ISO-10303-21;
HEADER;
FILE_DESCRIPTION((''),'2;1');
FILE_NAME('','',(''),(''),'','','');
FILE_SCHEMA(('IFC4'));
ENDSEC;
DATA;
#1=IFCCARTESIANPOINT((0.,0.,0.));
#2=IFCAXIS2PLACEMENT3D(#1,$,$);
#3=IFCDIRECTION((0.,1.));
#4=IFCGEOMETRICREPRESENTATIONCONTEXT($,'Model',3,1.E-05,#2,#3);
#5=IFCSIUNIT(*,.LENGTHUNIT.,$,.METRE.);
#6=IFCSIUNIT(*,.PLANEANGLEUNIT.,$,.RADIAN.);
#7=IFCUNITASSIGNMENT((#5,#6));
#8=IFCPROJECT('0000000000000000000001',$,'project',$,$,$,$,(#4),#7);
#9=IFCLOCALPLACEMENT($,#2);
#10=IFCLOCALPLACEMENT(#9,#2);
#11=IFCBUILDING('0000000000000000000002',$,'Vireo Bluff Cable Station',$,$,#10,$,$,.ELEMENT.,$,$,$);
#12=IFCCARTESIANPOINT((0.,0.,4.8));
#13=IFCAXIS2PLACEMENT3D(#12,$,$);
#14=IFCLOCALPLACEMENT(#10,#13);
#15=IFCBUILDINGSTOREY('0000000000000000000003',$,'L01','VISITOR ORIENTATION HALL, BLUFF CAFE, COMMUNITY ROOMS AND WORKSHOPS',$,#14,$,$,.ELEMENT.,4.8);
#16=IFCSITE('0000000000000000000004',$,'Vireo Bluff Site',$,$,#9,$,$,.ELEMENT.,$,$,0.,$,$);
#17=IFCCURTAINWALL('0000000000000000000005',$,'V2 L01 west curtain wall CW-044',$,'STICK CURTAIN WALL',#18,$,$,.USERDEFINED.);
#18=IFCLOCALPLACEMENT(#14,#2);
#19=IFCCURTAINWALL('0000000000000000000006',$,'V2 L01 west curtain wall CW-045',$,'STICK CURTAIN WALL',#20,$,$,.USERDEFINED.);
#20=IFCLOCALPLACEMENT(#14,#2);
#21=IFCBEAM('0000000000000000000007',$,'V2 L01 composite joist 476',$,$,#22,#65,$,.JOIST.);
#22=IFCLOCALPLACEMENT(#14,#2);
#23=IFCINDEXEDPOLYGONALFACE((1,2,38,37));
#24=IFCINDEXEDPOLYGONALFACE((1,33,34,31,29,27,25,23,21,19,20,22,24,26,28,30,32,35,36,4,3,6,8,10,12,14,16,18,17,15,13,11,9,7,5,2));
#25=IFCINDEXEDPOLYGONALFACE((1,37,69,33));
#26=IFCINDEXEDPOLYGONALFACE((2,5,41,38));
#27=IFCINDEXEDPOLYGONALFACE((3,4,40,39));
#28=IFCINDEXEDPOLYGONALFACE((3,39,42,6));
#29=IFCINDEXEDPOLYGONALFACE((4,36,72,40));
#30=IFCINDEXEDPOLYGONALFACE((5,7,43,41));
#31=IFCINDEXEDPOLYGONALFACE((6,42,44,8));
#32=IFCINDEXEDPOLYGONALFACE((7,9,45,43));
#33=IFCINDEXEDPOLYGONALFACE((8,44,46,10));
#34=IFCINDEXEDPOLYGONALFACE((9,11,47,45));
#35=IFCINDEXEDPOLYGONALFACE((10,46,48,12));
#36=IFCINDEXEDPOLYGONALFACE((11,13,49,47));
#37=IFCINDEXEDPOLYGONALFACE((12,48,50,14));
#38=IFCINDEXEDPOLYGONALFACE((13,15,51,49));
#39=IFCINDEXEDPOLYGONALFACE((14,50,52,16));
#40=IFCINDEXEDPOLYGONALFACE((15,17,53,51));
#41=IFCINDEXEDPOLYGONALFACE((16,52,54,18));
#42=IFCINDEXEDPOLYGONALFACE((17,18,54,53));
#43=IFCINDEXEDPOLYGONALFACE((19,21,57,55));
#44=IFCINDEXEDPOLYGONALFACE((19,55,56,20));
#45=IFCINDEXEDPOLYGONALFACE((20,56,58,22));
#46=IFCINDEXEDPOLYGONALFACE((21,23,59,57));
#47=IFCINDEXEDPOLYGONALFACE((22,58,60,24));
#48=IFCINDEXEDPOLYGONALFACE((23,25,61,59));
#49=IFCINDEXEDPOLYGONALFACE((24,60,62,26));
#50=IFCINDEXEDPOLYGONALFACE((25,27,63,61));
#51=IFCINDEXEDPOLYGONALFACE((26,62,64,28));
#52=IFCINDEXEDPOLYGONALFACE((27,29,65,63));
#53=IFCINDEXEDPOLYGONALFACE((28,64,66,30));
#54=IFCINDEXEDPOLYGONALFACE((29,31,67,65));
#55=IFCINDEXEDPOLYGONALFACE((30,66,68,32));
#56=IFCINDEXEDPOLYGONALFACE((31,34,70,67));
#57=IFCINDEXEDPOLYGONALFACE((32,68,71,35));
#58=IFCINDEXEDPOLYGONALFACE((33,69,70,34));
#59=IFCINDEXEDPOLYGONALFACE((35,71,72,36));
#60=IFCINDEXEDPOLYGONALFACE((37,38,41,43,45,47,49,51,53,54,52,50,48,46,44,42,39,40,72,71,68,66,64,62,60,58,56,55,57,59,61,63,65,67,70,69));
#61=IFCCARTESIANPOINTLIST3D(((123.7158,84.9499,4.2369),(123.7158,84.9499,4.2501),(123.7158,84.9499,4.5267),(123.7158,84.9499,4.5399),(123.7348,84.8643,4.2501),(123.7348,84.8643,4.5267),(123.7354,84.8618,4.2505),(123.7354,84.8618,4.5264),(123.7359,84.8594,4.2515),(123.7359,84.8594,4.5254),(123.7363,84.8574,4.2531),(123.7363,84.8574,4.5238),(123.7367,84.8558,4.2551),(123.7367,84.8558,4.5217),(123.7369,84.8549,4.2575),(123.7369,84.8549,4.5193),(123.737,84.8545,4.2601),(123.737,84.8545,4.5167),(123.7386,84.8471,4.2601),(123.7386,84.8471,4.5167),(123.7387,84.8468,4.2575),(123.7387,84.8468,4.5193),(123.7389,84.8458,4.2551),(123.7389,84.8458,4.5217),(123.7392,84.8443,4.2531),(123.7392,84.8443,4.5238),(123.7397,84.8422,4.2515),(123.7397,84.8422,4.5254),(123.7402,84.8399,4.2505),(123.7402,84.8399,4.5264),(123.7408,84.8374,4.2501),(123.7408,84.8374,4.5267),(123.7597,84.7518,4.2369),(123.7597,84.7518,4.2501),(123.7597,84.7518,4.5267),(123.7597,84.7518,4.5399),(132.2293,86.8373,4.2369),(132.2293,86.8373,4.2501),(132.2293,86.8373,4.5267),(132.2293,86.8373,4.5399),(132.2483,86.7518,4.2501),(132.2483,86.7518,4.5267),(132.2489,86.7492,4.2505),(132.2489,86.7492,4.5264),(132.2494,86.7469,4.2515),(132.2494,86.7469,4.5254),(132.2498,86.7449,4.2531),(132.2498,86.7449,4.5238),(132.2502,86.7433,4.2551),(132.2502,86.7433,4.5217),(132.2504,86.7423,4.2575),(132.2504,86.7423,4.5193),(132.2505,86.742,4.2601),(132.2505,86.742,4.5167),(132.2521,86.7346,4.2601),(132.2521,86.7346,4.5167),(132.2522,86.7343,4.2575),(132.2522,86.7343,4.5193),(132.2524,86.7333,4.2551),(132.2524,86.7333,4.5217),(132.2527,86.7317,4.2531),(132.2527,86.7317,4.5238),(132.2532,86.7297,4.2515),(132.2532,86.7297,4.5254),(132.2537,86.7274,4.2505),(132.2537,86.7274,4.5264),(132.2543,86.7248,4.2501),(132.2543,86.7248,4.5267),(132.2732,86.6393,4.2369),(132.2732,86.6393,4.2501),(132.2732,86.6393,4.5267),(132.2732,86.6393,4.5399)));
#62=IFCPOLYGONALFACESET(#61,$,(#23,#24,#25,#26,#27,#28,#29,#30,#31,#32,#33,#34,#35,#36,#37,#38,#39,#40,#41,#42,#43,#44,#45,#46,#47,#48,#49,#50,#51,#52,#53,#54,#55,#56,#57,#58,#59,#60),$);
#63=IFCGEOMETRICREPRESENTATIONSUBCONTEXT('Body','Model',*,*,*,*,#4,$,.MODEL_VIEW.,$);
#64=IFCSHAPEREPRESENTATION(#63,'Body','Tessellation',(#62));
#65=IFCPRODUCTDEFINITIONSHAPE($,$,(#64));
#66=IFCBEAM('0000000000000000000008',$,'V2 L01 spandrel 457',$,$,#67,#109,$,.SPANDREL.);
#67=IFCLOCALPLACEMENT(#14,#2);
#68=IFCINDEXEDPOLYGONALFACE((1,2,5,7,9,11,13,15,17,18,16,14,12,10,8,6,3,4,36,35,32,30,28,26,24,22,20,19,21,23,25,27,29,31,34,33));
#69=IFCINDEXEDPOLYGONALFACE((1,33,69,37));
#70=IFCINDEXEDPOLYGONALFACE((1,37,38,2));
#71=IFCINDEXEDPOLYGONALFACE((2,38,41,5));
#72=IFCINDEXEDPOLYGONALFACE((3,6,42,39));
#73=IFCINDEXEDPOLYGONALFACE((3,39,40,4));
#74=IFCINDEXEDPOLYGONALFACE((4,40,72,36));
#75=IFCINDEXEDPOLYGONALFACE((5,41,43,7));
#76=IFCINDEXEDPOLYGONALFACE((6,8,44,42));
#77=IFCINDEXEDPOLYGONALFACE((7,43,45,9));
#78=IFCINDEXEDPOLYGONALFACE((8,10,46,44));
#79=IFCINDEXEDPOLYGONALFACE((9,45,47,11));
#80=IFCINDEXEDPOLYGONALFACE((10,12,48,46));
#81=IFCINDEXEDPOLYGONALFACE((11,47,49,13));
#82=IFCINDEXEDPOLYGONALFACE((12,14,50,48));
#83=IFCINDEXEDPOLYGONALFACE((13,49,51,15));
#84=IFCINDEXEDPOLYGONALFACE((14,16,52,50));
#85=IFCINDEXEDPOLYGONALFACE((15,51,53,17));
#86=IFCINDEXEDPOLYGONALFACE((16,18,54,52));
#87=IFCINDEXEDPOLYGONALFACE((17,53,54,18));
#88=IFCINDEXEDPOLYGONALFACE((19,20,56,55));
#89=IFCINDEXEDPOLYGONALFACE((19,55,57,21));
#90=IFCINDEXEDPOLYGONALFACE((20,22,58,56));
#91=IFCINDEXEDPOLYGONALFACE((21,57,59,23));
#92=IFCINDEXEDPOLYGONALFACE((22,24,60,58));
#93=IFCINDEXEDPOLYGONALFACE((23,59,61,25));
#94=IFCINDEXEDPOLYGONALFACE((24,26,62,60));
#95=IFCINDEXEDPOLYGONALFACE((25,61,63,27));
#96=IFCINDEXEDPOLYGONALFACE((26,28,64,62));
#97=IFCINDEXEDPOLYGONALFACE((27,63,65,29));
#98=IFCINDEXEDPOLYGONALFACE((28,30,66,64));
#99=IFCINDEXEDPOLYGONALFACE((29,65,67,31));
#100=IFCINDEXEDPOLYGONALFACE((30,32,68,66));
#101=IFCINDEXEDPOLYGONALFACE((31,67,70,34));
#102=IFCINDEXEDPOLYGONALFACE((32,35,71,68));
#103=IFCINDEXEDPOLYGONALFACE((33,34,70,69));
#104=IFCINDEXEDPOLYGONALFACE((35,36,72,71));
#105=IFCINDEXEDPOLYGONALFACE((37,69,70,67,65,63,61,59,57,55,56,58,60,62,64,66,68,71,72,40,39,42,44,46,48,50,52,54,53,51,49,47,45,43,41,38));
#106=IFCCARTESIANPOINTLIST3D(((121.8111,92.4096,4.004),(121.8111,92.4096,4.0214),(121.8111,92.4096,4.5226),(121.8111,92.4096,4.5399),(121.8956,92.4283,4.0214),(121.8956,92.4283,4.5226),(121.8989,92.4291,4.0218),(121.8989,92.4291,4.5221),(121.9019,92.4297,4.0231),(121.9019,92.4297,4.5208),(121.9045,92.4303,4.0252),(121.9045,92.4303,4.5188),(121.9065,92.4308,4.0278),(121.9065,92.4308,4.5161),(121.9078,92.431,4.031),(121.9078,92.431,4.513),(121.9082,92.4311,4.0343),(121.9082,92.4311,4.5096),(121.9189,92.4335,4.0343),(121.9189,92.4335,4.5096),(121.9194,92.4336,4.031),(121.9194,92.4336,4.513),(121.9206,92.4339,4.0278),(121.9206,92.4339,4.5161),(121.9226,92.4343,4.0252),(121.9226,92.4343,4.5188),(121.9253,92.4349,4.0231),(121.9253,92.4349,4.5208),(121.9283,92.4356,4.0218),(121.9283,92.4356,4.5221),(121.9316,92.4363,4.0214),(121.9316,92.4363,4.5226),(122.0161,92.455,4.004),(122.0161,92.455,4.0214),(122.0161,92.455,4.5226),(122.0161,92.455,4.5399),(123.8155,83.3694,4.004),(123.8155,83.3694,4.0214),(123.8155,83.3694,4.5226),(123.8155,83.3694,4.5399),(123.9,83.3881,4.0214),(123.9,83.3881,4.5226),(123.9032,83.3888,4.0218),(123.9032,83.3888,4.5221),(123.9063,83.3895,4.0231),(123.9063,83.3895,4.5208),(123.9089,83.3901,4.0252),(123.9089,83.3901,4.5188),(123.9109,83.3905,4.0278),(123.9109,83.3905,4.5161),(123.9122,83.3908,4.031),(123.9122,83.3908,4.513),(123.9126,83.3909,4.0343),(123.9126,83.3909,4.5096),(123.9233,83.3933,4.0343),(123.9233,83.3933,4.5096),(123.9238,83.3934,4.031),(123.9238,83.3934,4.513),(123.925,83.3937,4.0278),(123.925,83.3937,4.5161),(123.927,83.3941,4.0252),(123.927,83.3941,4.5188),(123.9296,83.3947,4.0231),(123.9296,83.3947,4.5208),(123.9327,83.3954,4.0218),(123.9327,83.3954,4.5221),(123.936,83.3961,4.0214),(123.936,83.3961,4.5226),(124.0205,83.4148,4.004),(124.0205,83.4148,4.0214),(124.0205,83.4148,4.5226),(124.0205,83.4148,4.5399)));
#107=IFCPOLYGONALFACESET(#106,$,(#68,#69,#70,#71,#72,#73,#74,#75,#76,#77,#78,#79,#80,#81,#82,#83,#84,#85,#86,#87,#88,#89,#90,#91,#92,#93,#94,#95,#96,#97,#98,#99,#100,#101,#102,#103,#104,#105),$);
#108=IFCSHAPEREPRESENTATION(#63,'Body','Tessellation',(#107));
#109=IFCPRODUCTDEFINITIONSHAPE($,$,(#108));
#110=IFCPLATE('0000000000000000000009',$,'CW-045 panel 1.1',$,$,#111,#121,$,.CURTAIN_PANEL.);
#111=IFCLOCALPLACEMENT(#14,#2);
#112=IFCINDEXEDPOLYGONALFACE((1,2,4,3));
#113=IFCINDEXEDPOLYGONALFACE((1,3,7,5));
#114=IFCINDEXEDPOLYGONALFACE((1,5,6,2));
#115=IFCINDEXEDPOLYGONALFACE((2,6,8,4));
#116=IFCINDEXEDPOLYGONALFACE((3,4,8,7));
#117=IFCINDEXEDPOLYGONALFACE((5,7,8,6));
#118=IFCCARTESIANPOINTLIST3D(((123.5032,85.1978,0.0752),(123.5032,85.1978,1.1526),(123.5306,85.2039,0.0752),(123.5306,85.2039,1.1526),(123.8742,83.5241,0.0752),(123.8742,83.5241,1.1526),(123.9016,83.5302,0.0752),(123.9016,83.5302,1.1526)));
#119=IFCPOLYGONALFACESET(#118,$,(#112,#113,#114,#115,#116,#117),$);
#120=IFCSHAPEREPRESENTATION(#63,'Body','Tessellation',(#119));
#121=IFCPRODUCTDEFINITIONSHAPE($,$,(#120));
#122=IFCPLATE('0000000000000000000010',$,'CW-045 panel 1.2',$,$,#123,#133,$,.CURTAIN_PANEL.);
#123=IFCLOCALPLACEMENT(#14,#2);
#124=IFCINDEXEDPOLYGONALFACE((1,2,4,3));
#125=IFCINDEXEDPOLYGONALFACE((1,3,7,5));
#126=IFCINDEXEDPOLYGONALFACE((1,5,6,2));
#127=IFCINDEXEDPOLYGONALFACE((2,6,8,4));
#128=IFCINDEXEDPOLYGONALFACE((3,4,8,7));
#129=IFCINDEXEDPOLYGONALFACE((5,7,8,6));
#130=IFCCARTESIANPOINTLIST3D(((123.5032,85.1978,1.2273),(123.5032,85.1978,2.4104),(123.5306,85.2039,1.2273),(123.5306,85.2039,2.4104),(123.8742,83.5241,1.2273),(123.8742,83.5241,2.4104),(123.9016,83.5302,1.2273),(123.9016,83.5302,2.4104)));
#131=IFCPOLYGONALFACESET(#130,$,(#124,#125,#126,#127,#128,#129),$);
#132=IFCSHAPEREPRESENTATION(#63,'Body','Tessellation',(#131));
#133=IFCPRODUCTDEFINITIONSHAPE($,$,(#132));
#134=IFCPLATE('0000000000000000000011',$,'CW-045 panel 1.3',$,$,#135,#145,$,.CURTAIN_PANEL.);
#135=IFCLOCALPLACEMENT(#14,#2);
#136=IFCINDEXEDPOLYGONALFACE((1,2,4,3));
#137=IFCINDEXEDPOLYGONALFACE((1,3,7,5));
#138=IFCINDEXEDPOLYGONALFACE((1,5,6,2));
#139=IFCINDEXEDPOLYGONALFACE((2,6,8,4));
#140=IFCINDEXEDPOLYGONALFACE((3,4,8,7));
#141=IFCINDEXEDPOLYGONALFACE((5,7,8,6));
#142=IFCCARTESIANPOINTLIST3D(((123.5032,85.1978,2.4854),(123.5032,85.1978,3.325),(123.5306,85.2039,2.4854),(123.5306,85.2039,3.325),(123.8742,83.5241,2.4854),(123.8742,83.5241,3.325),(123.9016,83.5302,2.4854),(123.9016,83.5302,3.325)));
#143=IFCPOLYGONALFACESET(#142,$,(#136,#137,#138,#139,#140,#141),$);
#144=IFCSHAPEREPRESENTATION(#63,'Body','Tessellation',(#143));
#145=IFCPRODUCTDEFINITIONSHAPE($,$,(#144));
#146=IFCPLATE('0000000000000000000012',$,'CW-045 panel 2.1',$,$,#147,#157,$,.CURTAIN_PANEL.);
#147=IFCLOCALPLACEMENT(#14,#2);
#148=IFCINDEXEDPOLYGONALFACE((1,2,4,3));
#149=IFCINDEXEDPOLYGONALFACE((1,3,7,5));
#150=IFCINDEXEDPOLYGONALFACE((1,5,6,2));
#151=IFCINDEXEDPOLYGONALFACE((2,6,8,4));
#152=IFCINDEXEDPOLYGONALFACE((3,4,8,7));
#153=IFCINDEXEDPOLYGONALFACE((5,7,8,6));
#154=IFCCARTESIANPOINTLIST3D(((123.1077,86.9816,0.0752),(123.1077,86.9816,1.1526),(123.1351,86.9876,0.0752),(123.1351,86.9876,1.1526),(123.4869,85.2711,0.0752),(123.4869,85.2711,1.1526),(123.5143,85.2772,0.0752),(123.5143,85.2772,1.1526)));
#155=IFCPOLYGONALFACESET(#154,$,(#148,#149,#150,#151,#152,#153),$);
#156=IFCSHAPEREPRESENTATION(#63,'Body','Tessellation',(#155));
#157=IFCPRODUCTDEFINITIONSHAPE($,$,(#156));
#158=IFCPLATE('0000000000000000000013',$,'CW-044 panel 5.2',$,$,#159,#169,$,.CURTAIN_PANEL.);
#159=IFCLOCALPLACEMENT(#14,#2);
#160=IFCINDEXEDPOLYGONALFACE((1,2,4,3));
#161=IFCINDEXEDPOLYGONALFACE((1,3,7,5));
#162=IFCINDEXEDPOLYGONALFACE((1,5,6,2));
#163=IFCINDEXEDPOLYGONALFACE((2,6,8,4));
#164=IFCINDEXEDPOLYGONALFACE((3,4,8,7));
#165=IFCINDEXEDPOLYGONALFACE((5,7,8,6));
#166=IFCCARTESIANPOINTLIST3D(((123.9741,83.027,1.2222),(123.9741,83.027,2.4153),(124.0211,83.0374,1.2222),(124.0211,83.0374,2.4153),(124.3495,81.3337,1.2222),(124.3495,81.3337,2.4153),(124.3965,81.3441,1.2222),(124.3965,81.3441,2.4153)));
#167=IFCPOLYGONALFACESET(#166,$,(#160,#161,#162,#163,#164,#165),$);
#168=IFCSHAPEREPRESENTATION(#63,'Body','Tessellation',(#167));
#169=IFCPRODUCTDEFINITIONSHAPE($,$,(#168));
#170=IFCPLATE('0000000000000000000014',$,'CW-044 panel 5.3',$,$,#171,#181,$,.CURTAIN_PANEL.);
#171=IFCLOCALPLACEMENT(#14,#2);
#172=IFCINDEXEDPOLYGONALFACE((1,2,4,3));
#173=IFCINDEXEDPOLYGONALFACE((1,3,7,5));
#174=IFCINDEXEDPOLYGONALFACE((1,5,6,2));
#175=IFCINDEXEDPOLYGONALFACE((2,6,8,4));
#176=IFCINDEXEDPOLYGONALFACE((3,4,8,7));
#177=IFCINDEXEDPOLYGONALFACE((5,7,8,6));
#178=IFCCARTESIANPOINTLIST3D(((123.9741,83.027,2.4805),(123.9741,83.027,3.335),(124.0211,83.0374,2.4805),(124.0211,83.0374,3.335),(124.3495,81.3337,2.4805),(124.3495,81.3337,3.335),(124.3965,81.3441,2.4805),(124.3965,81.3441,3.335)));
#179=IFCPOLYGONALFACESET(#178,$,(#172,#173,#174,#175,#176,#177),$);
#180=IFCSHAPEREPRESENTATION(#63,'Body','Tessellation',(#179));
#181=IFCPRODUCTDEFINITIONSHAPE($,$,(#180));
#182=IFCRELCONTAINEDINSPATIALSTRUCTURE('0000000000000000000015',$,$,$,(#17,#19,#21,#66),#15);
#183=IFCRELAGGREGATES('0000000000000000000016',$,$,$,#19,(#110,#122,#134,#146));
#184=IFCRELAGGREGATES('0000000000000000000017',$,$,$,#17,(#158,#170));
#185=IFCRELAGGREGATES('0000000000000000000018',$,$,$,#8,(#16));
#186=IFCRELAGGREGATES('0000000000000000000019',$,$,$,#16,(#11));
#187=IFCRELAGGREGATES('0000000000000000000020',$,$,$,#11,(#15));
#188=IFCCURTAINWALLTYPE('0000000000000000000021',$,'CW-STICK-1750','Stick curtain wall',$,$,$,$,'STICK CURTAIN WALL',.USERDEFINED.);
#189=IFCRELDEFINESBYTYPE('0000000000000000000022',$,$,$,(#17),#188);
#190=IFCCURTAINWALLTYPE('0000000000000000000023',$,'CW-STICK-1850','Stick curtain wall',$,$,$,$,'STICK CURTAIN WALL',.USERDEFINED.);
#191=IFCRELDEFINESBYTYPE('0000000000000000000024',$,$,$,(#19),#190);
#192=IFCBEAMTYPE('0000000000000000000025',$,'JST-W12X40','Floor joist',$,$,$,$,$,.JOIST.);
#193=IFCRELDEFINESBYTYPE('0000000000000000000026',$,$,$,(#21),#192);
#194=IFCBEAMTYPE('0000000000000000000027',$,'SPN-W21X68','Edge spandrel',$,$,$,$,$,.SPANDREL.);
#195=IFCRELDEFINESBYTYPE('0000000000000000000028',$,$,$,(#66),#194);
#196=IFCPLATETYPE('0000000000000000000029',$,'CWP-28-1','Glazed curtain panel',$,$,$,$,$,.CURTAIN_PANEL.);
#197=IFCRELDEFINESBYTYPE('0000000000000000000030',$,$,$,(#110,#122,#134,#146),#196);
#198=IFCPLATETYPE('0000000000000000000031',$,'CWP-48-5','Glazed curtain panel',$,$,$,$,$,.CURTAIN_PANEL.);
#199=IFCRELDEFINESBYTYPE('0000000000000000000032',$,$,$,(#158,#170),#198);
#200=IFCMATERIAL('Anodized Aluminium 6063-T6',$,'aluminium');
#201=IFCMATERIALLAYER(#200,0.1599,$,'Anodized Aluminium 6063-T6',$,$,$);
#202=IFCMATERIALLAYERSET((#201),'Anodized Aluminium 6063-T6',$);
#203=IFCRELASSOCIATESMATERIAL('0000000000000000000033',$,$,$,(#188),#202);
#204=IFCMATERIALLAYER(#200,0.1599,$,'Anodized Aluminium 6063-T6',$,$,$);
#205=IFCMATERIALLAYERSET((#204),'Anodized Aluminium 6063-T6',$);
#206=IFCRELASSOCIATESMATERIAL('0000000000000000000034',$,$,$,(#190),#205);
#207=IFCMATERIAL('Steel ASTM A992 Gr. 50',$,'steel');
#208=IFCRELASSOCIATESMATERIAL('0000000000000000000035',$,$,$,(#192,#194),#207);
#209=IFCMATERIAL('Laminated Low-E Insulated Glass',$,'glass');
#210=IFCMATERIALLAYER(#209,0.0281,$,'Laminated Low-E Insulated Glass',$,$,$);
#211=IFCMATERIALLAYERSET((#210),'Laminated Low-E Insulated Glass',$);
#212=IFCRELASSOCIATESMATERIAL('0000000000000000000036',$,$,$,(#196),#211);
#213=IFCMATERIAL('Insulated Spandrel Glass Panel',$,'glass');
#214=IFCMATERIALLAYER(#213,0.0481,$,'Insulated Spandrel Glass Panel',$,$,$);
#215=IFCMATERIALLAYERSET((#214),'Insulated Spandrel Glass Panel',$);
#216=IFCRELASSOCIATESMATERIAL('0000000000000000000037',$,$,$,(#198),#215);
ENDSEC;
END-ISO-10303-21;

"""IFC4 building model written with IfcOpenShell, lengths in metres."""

from ifc_helpers import new_model, si_unit, direction, frame, origin, origin_2d, place, context, subcontext, project, spatial, rectangle, i_section, extrude, material, layer, layer_set, material_profile, profile_set, type_object, element, aggregate, save


model = new_model("IFC4")

# Units and contexts
model_context = context("Model", 3, precision=1e-05, world=origin(), true_north=direction((0.0, 1.0)))
body_context = subcontext(model_context, "Body", "Model", "MODEL_VIEW")
ifc_project = project(units=[si_unit("LENGTHUNIT", "METRE"), si_unit("PLANEANGLEUNIT", "RADIAN")], contexts=[model_context])

# Site, building, storey
site_placement = place(None, origin())
site = spatial("IfcSite", under=ifc_project, at=site_placement, Name="Vireo Bluff Site", CompositionType="ELEMENT", RefElevation=0.0)
building_placement = place(site_placement, origin())
building = spatial("IfcBuilding", under=site, at=building_placement, Name="Vireo Bluff Cable Station", CompositionType="ELEMENT")
storey_placement = place(building_placement, frame((0.0, 0.0, 4.8)))
storey = spatial("IfcBuildingStorey", under=building, at=storey_placement, Name="L01", Description="VISITOR ORIENTATION HALL, BLUFF CAFE, COMMUNITY ROOMS AND WORKSHOPS", CompositionType="ELEMENT", Elevation=4.8)

# Shared definitions
ifc_material_1 = material(Name="Steel ASTM A992 Gr. 50", Category="steel")

# Curtain wall
ifc_material_2 = material(Name="Anodized Aluminium 6063-T6", Category="aluminium")
ifc_layer_1 = layer(ifc_material_2, 0.1599, Name="Anodized Aluminium 6063-T6")
ifc_layer_set_1 = layer_set([ifc_layer_1], Name="Anodized Aluminium 6063-T6")
curtain_wall_type_1 = type_object("IfcCurtainWallType", Name="CW-STICK-1750", Description="Stick curtain wall", ElementType="STICK CURTAIN WALL", PredefinedType="USERDEFINED", material=ifc_layer_set_1)
curtain_wall_1_placement = place(storey_placement, origin())
curtain_wall_1 = element("IfcCurtainWall", 1, at=curtain_wall_1_placement, inside=storey, type_object=curtain_wall_type_1, Name="V2 L01 west curtain wall CW-044", ObjectType="STICK CURTAIN WALL", PredefinedType="USERDEFINED")

# Curtain wall
ifc_layer_2 = layer(ifc_material_2, 0.1599, Name="Anodized Aluminium 6063-T6")
ifc_layer_set_2 = layer_set([ifc_layer_2], Name="Anodized Aluminium 6063-T6")
curtain_wall_type_2 = type_object("IfcCurtainWallType", Name="CW-STICK-1850", Description="Stick curtain wall", ElementType="STICK CURTAIN WALL", PredefinedType="USERDEFINED", material=ifc_layer_set_2)
curtain_wall_2_placement = place(storey_placement, origin())
curtain_wall_2 = element("IfcCurtainWall", 2, at=curtain_wall_2_placement, inside=storey, type_object=curtain_wall_type_2, Name="V2 L01 west curtain wall CW-045", ObjectType="STICK CURTAIN WALL", PredefinedType="USERDEFINED")

# Beams
ifc_material_profile_1 = material_profile(ifc_material_1, i_section(OverallWidth=0.2029, OverallDepth=0.303, WebThickness=0.0076, FlangeThickness=0.0132, FilletRadius=0.01, at=origin_2d()), Name="W12X40")
ifc_profile_set_1 = profile_set([ifc_material_profile_1], Name="Steel ASTM A992 Gr. 50")
beam_type_1 = type_object("IfcBeamType", Name="JST-W12X40", Description="Floor joist", PredefinedType="JOIST", material=ifc_profile_set_1)
beam_1_placement = place(storey_placement, frame((123.7378, 84.8508, 4.3884), z_axis=(0.976294, 0.216447, 0.0), x_axis=(-0.216447, 0.976294, 0.0)))
element("IfcBeam", 3, at=beam_1_placement, inside=storey, type_object=beam_type_1, Name="V2 L01 composite joist 476", PredefinedType="JOIST", context=body_context, shape_type="SweptSolid", body=[
    extrude(i_section(OverallWidth=0.2029, OverallDepth=0.303, WebThickness=0.0076, FlangeThickness=0.0132, FilletRadius=0.01, at=origin_2d()), origin(), (0.0, 0.0, 1.0), 8.7202),
])
ifc_material_profile_2 = material_profile(ifc_material_1, i_section(OverallWidth=0.21, OverallDepth=0.5359, WebThickness=0.011, FlangeThickness=0.0173, FilletRadius=0.0129, at=origin_2d()), Name="W21X68")
ifc_profile_set_2 = profile_set([ifc_material_profile_2], Name="Steel ASTM A992 Gr. 50")
beam_type_2 = type_object("IfcBeamType", Name="SPN-W21X68", Description="Edge spandrel", PredefinedType="SPANDREL", material=ifc_profile_set_2)
beam_2_placement = place(storey_placement, frame((123.918, 83.3921, 4.272), z_axis=(-0.216461, 0.976291, 0.0), x_axis=(-0.976291, -0.216461, 0.0)))
element("IfcBeam", 4, at=beam_2_placement, inside=storey, type_object=beam_type_2, Name="V2 L01 spandrel 457", PredefinedType="SPANDREL", context=body_context, shape_type="SweptSolid", body=[
    extrude(i_section(OverallWidth=0.21, OverallDepth=0.5359, WebThickness=0.011, FlangeThickness=0.0173, FilletRadius=0.0129, at=origin_2d()), origin(), (0.0, 0.0, 1.0), 9.2598),
])

# Plates
ifc_material_3 = material(Name="Laminated Low-E Insulated Glass", Category="glass")
ifc_layer_3 = layer(ifc_material_3, 0.0281, Name="Laminated Low-E Insulated Glass")
ifc_layer_set_3 = layer_set([ifc_layer_3], Name="Laminated Low-E Insulated Glass")
plate_type_1 = type_object("IfcPlateType", Name="CWP-28-1", Description="Glazed curtain panel", PredefinedType="CURTAIN_PANEL", material=ifc_layer_set_3)
plate_1_placement = place(storey_placement, frame((123.7024, 84.364, 0.0752), z_axis=(0.0, 0.0, 1.0), x_axis=(-0.21644, 0.976296, 0.0)))
plate_1 = element("IfcPlate", 5, at=plate_1_placement, type_object=plate_type_1, Name="CW-045 panel 1.1", PredefinedType="CURTAIN_PANEL", context=body_context, shape_type="SweptSolid", body=[
    extrude(rectangle(XDim=1.7144, YDim=0.0281, at=origin_2d()), origin(), (0.0, 0.0, 1.0), 1.0774),
])
plate_2_placement = place(storey_placement, frame((123.7024, 84.364, 1.2273), z_axis=(0.0, 0.0, 1.0), x_axis=(-0.21644, 0.976296, 0.0)))
plate_2 = element("IfcPlate", 6, at=plate_2_placement, type_object=plate_type_1, Name="CW-045 panel 1.2", PredefinedType="CURTAIN_PANEL", context=body_context, shape_type="SweptSolid", body=[
    extrude(rectangle(XDim=1.7144, YDim=0.0281, at=origin_2d()), origin(), (0.0, 0.0, 1.0), 1.1831),
])
plate_3_placement = place(storey_placement, frame((123.7024, 84.364, 2.4854), z_axis=(0.0, 0.0, 1.0), x_axis=(-0.21644, 0.976296, 0.0)))
plate_3 = element("IfcPlate", 7, at=plate_3_placement, type_object=plate_type_1, Name="CW-045 panel 1.3", PredefinedType="CURTAIN_PANEL", context=body_context, shape_type="SweptSolid", body=[
    extrude(rectangle(XDim=1.7144, YDim=0.0281, at=origin_2d()), origin(), (0.0, 0.0, 1.0), 0.8396),
])
plate_4_placement = place(storey_placement, frame((123.311, 86.1294, 0.0752), z_axis=(0.0, 0.0, 1.0), x_axis=(-0.21644, 0.976296, 0.0)))
plate_4 = element("IfcPlate", 8, at=plate_4_placement, type_object=plate_type_1, Name="CW-045 panel 2.1", PredefinedType="CURTAIN_PANEL", context=body_context, shape_type="SweptSolid", body=[
    extrude(rectangle(XDim=1.752, YDim=0.0281, at=origin_2d()), origin(), (0.0, 0.0, 1.0), 1.0774),
])
aggregate(curtain_wall_2, [plate_1, plate_2, plate_3, plate_4])
ifc_material_4 = material(Name="Insulated Spandrel Glass Panel", Category="glass")
ifc_layer_4 = layer(ifc_material_4, 0.0481, Name="Insulated Spandrel Glass Panel")
ifc_layer_set_4 = layer_set([ifc_layer_4], Name="Insulated Spandrel Glass Panel")
plate_type_2 = type_object("IfcPlateType", Name="CWP-48-5", Description="Glazed curtain panel", PredefinedType="CURTAIN_PANEL", material=ifc_layer_set_4)
plate_5_placement = place(storey_placement, frame((124.1853, 82.1855, 1.2222), z_axis=(0.0, 0.0, 1.0), x_axis=(-0.21644, 0.976296, 0.0)))
plate_5 = element("IfcPlate", 9, at=plate_5_placement, type_object=plate_type_2, Name="CW-044 panel 5.2", PredefinedType="CURTAIN_PANEL", context=body_context, shape_type="SweptSolid", body=[
    extrude(rectangle(XDim=1.7344, YDim=0.0481, at=origin_2d()), origin(), (0.0, 0.0, 1.0), 1.1931),
])
plate_6_placement = place(storey_placement, frame((124.1853, 82.1855, 2.4805), z_axis=(0.0, 0.0, 1.0), x_axis=(-0.21644, 0.976296, 0.0)))
plate_6 = element("IfcPlate", 10, at=plate_6_placement, type_object=plate_type_2, Name="CW-044 panel 5.3", PredefinedType="CURTAIN_PANEL", context=body_context, shape_type="SweptSolid", body=[
    extrude(rectangle(XDim=1.7344, YDim=0.0481, at=origin_2d()), origin(), (0.0, 0.0, 1.0), 0.8545),
])
aggregate(curtain_wall_1, [plate_5, plate_6])

save(model, "model.ifc")
